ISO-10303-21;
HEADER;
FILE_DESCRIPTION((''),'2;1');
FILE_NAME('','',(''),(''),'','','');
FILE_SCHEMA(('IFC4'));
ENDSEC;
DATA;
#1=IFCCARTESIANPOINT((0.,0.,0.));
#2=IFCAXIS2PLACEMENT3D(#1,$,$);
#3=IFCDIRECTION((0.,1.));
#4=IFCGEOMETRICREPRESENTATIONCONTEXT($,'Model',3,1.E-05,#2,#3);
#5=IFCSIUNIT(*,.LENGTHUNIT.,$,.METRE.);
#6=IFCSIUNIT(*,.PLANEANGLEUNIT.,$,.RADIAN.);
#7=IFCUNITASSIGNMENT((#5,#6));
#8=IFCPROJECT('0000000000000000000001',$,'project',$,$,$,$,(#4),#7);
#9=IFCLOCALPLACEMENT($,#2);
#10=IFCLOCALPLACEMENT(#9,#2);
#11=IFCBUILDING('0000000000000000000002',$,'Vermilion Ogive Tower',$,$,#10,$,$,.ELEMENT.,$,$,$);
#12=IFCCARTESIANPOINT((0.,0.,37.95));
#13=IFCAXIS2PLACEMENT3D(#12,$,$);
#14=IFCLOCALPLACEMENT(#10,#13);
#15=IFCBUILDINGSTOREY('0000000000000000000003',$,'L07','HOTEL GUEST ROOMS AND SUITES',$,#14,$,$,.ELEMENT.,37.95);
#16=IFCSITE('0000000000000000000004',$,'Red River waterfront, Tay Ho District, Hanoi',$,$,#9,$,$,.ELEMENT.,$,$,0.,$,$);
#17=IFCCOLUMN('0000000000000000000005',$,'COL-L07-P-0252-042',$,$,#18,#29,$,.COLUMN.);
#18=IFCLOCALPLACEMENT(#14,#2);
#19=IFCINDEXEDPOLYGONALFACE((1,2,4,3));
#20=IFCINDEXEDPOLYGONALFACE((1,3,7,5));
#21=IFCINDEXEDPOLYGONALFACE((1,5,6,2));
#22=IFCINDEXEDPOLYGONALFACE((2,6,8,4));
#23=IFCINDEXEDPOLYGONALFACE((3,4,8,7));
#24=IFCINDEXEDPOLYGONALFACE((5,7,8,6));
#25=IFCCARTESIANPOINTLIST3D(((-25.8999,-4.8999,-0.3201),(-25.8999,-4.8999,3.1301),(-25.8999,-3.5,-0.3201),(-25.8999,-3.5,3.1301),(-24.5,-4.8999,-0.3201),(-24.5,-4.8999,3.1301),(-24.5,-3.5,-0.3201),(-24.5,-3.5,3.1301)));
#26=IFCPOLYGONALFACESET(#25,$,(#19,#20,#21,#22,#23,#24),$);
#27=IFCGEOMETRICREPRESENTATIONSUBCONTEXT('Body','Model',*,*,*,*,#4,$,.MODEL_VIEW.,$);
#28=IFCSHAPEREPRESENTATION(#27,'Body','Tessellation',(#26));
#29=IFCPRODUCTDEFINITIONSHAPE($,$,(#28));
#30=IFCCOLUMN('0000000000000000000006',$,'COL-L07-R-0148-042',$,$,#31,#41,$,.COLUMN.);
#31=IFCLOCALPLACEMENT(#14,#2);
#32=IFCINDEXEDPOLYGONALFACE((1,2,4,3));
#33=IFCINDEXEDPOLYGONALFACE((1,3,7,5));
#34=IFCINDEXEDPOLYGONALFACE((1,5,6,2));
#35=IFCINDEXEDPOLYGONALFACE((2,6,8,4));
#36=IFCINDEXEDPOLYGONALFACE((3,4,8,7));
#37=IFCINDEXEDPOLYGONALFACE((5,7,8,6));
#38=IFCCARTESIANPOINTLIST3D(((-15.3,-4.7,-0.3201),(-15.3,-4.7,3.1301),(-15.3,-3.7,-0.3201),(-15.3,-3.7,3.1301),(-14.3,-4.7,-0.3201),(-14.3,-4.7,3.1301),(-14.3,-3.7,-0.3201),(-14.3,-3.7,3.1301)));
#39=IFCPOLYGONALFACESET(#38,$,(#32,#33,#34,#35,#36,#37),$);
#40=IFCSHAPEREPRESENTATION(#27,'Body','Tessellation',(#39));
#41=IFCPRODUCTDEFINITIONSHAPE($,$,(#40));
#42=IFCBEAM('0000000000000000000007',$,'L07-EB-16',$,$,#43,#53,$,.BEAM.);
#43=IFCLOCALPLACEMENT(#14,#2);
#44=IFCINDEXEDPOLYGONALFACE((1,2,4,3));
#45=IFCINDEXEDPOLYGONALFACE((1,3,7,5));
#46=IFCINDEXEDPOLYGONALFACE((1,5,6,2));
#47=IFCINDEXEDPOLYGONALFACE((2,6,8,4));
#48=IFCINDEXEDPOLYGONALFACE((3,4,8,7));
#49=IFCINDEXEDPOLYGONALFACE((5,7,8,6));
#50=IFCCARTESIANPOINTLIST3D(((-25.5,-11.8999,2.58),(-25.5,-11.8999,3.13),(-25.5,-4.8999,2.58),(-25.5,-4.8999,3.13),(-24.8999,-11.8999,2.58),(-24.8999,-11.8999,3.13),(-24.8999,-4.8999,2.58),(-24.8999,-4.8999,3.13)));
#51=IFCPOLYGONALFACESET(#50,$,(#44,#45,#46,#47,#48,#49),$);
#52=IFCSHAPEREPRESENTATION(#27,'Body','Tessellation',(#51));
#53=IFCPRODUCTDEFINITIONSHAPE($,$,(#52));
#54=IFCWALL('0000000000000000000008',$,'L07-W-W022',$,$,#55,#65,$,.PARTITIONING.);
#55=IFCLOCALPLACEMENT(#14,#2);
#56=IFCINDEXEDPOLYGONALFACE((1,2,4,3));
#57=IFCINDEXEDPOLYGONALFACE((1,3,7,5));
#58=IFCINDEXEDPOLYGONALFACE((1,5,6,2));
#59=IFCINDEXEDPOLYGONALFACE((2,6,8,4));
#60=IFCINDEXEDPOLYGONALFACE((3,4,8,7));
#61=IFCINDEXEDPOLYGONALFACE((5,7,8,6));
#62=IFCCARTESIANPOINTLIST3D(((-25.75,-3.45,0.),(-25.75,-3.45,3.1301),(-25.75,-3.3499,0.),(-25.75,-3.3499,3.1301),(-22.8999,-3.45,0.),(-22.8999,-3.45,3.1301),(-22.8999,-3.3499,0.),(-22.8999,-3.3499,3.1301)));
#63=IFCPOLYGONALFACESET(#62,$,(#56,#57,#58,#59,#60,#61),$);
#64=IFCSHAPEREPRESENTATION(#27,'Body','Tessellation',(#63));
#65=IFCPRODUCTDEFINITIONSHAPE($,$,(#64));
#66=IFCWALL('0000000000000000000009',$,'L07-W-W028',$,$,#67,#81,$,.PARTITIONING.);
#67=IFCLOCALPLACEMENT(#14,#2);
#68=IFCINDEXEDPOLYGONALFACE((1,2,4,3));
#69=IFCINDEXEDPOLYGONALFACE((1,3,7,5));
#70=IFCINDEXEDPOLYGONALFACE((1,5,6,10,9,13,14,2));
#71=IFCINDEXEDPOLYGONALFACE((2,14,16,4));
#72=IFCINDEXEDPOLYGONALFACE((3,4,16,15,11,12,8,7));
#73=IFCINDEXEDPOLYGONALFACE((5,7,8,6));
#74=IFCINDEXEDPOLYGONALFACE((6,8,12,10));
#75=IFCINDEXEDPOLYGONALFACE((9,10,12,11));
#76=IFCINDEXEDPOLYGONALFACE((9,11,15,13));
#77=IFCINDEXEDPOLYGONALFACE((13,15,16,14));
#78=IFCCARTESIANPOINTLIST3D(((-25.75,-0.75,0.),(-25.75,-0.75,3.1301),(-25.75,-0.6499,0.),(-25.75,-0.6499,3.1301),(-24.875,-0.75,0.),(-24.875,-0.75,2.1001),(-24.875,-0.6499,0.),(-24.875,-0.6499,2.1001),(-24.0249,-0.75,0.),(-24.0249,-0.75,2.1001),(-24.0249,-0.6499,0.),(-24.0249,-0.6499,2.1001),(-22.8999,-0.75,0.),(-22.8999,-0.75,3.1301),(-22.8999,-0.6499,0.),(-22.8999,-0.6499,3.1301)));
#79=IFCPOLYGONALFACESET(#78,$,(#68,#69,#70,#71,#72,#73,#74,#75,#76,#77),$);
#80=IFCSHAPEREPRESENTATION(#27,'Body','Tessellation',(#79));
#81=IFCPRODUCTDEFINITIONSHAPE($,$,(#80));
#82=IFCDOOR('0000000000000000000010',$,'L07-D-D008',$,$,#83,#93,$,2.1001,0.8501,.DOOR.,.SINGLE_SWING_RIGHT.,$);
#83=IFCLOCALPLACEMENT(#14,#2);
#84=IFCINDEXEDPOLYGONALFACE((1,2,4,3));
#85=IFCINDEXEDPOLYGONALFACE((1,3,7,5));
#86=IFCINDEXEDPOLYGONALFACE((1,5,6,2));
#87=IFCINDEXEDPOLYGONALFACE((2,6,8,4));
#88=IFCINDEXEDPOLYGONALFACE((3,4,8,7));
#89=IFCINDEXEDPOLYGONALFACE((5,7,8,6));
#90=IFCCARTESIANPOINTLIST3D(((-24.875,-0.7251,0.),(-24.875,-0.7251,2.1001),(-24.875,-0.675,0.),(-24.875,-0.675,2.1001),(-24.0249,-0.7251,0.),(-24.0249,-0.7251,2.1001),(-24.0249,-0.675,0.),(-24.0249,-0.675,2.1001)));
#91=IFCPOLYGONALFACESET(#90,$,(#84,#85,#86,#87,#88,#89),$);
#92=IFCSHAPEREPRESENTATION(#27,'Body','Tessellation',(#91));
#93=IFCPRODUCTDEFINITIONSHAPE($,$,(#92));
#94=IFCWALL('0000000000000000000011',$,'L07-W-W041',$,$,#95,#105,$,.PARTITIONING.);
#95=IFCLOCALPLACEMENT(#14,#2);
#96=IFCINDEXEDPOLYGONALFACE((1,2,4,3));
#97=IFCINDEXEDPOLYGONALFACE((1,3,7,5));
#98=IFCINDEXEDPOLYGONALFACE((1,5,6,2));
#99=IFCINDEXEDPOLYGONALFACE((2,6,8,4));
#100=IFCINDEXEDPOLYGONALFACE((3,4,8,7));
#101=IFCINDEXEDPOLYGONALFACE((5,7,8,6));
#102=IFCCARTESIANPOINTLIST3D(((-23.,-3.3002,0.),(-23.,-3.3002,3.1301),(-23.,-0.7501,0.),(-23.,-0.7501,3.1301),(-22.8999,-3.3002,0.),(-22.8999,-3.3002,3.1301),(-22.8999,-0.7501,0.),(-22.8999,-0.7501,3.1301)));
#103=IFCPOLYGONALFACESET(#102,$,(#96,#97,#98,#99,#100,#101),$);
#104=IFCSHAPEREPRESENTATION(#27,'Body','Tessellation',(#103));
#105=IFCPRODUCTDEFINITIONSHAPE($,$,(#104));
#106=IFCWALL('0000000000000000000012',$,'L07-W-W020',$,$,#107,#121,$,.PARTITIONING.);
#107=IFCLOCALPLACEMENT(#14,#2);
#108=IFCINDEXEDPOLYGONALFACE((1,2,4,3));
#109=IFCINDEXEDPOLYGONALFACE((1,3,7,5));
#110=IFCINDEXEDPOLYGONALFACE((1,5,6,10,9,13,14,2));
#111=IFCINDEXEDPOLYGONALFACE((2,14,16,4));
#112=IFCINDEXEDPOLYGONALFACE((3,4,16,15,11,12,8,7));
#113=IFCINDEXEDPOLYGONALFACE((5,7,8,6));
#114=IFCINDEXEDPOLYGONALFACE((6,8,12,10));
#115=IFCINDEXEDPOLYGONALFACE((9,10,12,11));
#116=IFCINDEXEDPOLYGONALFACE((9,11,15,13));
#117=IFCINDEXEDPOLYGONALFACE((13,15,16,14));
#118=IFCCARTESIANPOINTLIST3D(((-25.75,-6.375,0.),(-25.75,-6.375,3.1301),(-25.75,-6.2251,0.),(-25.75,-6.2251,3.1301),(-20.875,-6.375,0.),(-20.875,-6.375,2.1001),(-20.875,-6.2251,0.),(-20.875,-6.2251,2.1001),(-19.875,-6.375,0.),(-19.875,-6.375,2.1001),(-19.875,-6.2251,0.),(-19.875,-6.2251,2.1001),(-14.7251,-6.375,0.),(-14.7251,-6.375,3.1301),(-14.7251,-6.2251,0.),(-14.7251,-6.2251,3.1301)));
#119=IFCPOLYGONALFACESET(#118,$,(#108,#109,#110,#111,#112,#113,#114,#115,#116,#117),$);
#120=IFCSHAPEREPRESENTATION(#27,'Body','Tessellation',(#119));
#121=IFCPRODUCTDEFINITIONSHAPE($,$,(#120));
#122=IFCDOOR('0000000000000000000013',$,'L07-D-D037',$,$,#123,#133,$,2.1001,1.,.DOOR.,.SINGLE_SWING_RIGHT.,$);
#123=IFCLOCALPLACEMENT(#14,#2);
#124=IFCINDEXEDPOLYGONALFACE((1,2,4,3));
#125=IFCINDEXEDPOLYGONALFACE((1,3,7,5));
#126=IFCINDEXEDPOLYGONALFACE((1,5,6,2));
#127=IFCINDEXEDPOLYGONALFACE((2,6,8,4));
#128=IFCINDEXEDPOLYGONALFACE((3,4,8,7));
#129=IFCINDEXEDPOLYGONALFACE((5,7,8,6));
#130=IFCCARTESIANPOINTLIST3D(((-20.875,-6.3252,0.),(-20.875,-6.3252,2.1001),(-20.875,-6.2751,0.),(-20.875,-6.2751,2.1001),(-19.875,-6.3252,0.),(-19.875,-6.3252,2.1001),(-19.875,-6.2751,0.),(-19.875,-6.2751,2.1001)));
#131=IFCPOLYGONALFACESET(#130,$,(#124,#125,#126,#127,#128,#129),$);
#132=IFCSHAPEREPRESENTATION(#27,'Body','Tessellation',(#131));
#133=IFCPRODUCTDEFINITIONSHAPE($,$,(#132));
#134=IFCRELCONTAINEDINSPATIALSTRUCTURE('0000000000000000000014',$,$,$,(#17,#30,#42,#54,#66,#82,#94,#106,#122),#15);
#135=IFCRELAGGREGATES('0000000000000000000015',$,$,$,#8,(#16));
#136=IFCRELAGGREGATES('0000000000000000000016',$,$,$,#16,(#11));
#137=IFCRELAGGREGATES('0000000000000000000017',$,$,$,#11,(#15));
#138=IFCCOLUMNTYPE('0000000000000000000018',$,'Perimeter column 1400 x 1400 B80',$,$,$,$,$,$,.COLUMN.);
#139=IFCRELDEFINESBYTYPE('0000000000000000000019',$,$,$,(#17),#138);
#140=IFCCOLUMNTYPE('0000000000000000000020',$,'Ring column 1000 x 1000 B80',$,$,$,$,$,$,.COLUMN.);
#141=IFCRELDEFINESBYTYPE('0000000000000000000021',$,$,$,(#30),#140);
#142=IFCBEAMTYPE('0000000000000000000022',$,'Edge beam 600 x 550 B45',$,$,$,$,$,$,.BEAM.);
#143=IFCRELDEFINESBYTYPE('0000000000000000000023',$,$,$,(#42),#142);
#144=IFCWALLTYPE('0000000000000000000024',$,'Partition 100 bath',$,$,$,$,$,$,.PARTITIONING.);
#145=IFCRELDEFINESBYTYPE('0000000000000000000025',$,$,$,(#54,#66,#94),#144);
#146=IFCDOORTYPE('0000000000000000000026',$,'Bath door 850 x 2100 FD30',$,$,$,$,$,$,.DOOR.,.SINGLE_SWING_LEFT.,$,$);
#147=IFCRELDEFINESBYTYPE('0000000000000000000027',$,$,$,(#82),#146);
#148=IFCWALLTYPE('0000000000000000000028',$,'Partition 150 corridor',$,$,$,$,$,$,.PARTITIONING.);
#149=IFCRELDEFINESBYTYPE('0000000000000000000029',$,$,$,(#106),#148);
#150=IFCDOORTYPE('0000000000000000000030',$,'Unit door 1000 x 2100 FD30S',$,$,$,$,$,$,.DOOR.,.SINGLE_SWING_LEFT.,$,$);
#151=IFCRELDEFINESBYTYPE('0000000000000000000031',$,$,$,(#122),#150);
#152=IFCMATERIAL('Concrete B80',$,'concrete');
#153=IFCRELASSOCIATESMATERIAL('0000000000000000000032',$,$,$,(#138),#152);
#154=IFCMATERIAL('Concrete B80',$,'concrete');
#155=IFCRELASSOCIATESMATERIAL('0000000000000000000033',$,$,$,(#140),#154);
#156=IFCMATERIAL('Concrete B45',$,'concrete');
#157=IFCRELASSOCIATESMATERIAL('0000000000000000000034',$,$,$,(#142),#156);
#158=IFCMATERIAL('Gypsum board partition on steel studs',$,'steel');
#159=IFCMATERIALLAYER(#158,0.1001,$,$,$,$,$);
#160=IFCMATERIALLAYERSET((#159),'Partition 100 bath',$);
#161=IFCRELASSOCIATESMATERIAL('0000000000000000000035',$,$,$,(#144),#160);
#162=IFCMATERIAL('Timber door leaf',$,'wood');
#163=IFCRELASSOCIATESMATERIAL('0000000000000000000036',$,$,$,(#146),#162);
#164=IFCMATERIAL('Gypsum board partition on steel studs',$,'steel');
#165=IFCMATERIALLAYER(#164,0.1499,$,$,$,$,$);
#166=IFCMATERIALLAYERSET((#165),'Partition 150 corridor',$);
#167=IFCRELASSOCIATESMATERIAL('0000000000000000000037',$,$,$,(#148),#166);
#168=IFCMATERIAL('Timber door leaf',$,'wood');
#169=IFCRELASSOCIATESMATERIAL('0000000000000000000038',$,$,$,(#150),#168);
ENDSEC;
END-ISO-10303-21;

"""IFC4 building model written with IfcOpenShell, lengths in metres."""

from ifc_helpers import new_model, si_unit, direction, frame, frame_2d, origin, origin_2d, place, context, subcontext, project, spatial, rectangle, extrude, material, layer, layer_set, material_profile, profile_set, type_object, element, fill, save


model = new_model("IFC4")

# Units and contexts
model_context = context("Model", 3, precision=1e-05, world=origin(), true_north=direction((0.0, 1.0)))
body_context = subcontext(model_context, "Body", "Model", "MODEL_VIEW")
ifc_project = project(units=[si_unit("LENGTHUNIT", "METRE"), si_unit("PLANEANGLEUNIT", "RADIAN")], contexts=[model_context])

# Site, building, storey
site_placement = place(None, origin())
site = spatial("IfcSite", under=ifc_project, at=site_placement, Name="Red River waterfront, Tay Ho District, Hanoi", CompositionType="ELEMENT", RefElevation=0.0)
building_placement = place(site_placement, origin())
building = spatial("IfcBuilding", under=site, at=building_placement, Name="Vermilion Ogive Tower", CompositionType="ELEMENT")
storey_placement = place(building_placement, frame((0.0, 0.0, 37.95)))
storey = spatial("IfcBuildingStorey", under=building, at=storey_placement, Name="L07", Description="HOTEL GUEST ROOMS AND SUITES", CompositionType="ELEMENT", Elevation=37.95)

# Columns
ifc_material_1 = material(Name="Concrete B80", Category="concrete")
ifc_material_profile_1 = material_profile(ifc_material_1, rectangle(XDim=1.3999, YDim=1.3999, at=origin_2d()), Name="1400 x 1400")
ifc_profile_set_1 = profile_set([ifc_material_profile_1], Name="Concrete B80")
column_type_1 = type_object("IfcColumnType", Name="Perimeter column 1400 x 1400 B80", PredefinedType="COLUMN", material=ifc_profile_set_1)
column_1_placement = place(storey_placement, frame((-25.2, -4.2, -0.3201), z_axis=(0.0, 0.0, 1.0), x_axis=(1.0, 0.0, 0.0)))
element("IfcColumn", 1, at=column_1_placement, inside=storey, type_object=column_type_1, Name="COL-L07-P-0252-042", PredefinedType="COLUMN", context=body_context, shape_type="SweptSolid", body=[
    extrude(rectangle(XDim=1.3999, YDim=1.3999, at=origin_2d()), origin(), (0.0, 0.0, 1.0), 3.4502),
])
ifc_material_2 = material(Name="Concrete B80", Category="concrete")
ifc_material_profile_2 = material_profile(ifc_material_2, rectangle(XDim=1.0, YDim=1.0, at=origin_2d()), Name="1000 x 1000")
ifc_profile_set_2 = profile_set([ifc_material_profile_2], Name="Concrete B80")
column_type_2 = type_object("IfcColumnType", Name="Ring column 1000 x 1000 B80", PredefinedType="COLUMN", material=ifc_profile_set_2)
column_2_placement = place(storey_placement, frame((-14.8, -4.2, -0.3201), z_axis=(0.0, 0.0, 1.0), x_axis=(1.0, 0.0, 0.0)))
element("IfcColumn", 2, at=column_2_placement, inside=storey, type_object=column_type_2, Name="COL-L07-R-0148-042", PredefinedType="COLUMN", context=body_context, shape_type="SweptSolid", body=[
    extrude(rectangle(XDim=1.0, YDim=1.0, at=origin_2d()), origin(), (0.0, 0.0, 1.0), 3.4502),
])

# Beam
ifc_material_3 = material(Name="Concrete B45", Category="concrete")
ifc_material_profile_3 = material_profile(ifc_material_3, rectangle(XDim=0.6001, YDim=0.55, at=origin_2d()), Name="600 x 550")
ifc_profile_set_3 = profile_set([ifc_material_profile_3], Name="Concrete B45")
beam_type = type_object("IfcBeamType", Name="Edge beam 600 x 550 B45", PredefinedType="BEAM", material=ifc_profile_set_3)
beam_placement = place(storey_placement, frame((-25.2, -4.8999, 2.855), z_axis=(0.0, -1.0, 0.0), x_axis=(1.0, 0.0, 0.0)))
element("IfcBeam", 3, at=beam_placement, inside=storey, type_object=beam_type, Name="L07-EB-16", PredefinedType="BEAM", context=body_context, shape_type="SweptSolid", body=[
    extrude(rectangle(XDim=0.6001, YDim=0.55, at=origin_2d()), origin(), (0.0, 0.0, 1.0), 7.0),
])

# Wall
ifc_material_4 = material(Name="Gypsum board partition on steel studs", Category="steel")
ifc_layer_1 = layer(ifc_material_4, 0.1001)
ifc_layer_set_1 = layer_set([ifc_layer_1], Name="Partition 100 bath")
wall_type_1 = type_object("IfcWallType", Name="Partition 100 bath", PredefinedType="PARTITIONING", material=ifc_layer_set_1)
wall_1_placement = place(storey_placement, frame((-25.75, -3.3999, 0.0), z_axis=(0.0, 0.0, 1.0), x_axis=(1.0, 0.0, 0.0)))
element("IfcWall", 4, at=wall_1_placement, inside=storey, type_object=wall_type_1, Name="L07-W-W022", PredefinedType="PARTITIONING", context=body_context, shape_type="SweptSolid", body=[
    extrude(rectangle(XDim=2.8501, YDim=0.1001, at=frame_2d((1.425, 0.0))), origin(), (0.0, 0.0, 1.0), 3.1301),
])

# Wall, opening, door
wall_2_placement = place(storey_placement, frame((-25.75, -0.7, 0.0), z_axis=(0.0, 0.0, 1.0), x_axis=(1.0, 0.0, 0.0)))
wall_2 = element("IfcWall", 5, at=wall_2_placement, inside=storey, type_object=wall_type_1, Name="L07-W-W028", PredefinedType="PARTITIONING", context=body_context, shape_type="SweptSolid", body=[
    extrude(rectangle(XDim=2.8501, YDim=0.1001, at=frame_2d((1.425, 0.0))), origin(), (0.0, 0.0, 1.0), 3.1301),
])
opening_1_placement = place(wall_2_placement, frame((0.875, 0.0, 0.0)))
opening_1 = element("IfcOpeningElement", 6, at=opening_1_placement, cuts=wall_2, PredefinedType="OPENING", context=body_context, shape_type="SweptSolid", body=[
    extrude(rectangle(XDim=0.8501, YDim=2.1001, at=frame_2d((0.425, 1.05))), frame((0.0, 0.0601, 0.0), z_axis=(0.0, -1.0, 0.0), x_axis=(1.0, 0.0, 0.0)), (0.0, 0.0, 1.0), 0.1201),
])
ifc_material_5 = material(Name="Timber door leaf", Category="wood")
door_type_1 = type_object("IfcDoorType", Name="Bath door 850 x 2100 FD30", OperationType="SINGLE_SWING_LEFT", PredefinedType="DOOR", material=ifc_material_5)
door_1_placement = place(opening_1_placement, origin())
door_1 = element("IfcDoor", 7, at=door_1_placement, inside=storey, type_object=door_type_1, Name="L07-D-D008", OperationType="SINGLE_SWING_RIGHT", OverallHeight=2.1001, OverallWidth=0.8501, PredefinedType="DOOR", context=body_context, shape_type="SweptSolid", body=[
    extrude(rectangle(XDim=0.8501, YDim=2.1001, at=frame_2d((0.425, 1.05))), frame((0.0, 0.0249, 0.0), z_axis=(0.0, -1.0, 0.0), x_axis=(1.0, 0.0, 0.0)), (0.0, 0.0, 1.0), 0.05),
])
fill(opening_1, door_1)

# Wall
wall_3_placement = place(storey_placement, frame((-22.95, -3.3, 0.0), z_axis=(0.0, 0.0, 1.0), x_axis=(0.0, 1.0, 0.0)))
element("IfcWall", 8, at=wall_3_placement, inside=storey, type_object=wall_type_1, Name="L07-W-W041", PredefinedType="PARTITIONING", context=body_context, shape_type="SweptSolid", body=[
    extrude(rectangle(XDim=2.55, YDim=0.1001, at=frame_2d((1.2749, 0.0))), origin(), (0.0, 0.0, 1.0), 3.1301),
])

# Wall, opening, door
ifc_material_6 = material(Name="Gypsum board partition on steel studs", Category="steel")
ifc_layer_2 = layer(ifc_material_6, 0.1499)
ifc_layer_set_2 = layer_set([ifc_layer_2], Name="Partition 150 corridor")
wall_type_2 = type_object("IfcWallType", Name="Partition 150 corridor", PredefinedType="PARTITIONING", material=ifc_layer_set_2)
wall_4_placement = place(storey_placement, frame((-25.75, -6.3, 0.0), z_axis=(0.0, 0.0, 1.0), x_axis=(1.0, 0.0, 0.0)))
wall_4 = element("IfcWall", 9, at=wall_4_placement, inside=storey, type_object=wall_type_2, Name="L07-W-W020", PredefinedType="PARTITIONING", context=body_context, shape_type="SweptSolid", body=[
    extrude(rectangle(XDim=11.0249, YDim=0.1499, at=frame_2d((5.5125, 0.0))), origin(), (0.0, 0.0, 1.0), 3.1301),
])
opening_2_placement = place(wall_4_placement, frame((4.875, 0.0, 0.0)))
opening_2 = element("IfcOpeningElement", 10, at=opening_2_placement, cuts=wall_4, PredefinedType="OPENING", context=body_context, shape_type="SweptSolid", body=[
    extrude(rectangle(XDim=1.0, YDim=2.1001, at=frame_2d((0.5, 1.05))), frame((0.0, 0.085, 0.0), z_axis=(0.0, -1.0, 0.0), x_axis=(1.0, 0.0, 0.0)), (0.0, 0.0, 1.0), 0.1699),
])
ifc_material_7 = material(Name="Timber door leaf", Category="wood")
door_type_2 = type_object("IfcDoorType", Name="Unit door 1000 x 2100 FD30S", OperationType="SINGLE_SWING_LEFT", PredefinedType="DOOR", material=ifc_material_7)
door_2_placement = place(opening_2_placement, origin())
door_2 = element("IfcDoor", 11, at=door_2_placement, inside=storey, type_object=door_type_2, Name="L07-D-D037", OperationType="SINGLE_SWING_RIGHT", OverallHeight=2.1001, OverallWidth=1.0, PredefinedType="DOOR", context=body_context, shape_type="SweptSolid", body=[
    extrude(rectangle(XDim=1.0, YDim=2.1001, at=frame_2d((0.5, 1.05))), frame((0.0, 0.0249, 0.0), z_axis=(0.0, -1.0, 0.0), x_axis=(1.0, 0.0, 0.0)), (0.0, 0.0, 1.0), 0.05),
])
fill(opening_2, door_2)

save(model, "model.ifc")
